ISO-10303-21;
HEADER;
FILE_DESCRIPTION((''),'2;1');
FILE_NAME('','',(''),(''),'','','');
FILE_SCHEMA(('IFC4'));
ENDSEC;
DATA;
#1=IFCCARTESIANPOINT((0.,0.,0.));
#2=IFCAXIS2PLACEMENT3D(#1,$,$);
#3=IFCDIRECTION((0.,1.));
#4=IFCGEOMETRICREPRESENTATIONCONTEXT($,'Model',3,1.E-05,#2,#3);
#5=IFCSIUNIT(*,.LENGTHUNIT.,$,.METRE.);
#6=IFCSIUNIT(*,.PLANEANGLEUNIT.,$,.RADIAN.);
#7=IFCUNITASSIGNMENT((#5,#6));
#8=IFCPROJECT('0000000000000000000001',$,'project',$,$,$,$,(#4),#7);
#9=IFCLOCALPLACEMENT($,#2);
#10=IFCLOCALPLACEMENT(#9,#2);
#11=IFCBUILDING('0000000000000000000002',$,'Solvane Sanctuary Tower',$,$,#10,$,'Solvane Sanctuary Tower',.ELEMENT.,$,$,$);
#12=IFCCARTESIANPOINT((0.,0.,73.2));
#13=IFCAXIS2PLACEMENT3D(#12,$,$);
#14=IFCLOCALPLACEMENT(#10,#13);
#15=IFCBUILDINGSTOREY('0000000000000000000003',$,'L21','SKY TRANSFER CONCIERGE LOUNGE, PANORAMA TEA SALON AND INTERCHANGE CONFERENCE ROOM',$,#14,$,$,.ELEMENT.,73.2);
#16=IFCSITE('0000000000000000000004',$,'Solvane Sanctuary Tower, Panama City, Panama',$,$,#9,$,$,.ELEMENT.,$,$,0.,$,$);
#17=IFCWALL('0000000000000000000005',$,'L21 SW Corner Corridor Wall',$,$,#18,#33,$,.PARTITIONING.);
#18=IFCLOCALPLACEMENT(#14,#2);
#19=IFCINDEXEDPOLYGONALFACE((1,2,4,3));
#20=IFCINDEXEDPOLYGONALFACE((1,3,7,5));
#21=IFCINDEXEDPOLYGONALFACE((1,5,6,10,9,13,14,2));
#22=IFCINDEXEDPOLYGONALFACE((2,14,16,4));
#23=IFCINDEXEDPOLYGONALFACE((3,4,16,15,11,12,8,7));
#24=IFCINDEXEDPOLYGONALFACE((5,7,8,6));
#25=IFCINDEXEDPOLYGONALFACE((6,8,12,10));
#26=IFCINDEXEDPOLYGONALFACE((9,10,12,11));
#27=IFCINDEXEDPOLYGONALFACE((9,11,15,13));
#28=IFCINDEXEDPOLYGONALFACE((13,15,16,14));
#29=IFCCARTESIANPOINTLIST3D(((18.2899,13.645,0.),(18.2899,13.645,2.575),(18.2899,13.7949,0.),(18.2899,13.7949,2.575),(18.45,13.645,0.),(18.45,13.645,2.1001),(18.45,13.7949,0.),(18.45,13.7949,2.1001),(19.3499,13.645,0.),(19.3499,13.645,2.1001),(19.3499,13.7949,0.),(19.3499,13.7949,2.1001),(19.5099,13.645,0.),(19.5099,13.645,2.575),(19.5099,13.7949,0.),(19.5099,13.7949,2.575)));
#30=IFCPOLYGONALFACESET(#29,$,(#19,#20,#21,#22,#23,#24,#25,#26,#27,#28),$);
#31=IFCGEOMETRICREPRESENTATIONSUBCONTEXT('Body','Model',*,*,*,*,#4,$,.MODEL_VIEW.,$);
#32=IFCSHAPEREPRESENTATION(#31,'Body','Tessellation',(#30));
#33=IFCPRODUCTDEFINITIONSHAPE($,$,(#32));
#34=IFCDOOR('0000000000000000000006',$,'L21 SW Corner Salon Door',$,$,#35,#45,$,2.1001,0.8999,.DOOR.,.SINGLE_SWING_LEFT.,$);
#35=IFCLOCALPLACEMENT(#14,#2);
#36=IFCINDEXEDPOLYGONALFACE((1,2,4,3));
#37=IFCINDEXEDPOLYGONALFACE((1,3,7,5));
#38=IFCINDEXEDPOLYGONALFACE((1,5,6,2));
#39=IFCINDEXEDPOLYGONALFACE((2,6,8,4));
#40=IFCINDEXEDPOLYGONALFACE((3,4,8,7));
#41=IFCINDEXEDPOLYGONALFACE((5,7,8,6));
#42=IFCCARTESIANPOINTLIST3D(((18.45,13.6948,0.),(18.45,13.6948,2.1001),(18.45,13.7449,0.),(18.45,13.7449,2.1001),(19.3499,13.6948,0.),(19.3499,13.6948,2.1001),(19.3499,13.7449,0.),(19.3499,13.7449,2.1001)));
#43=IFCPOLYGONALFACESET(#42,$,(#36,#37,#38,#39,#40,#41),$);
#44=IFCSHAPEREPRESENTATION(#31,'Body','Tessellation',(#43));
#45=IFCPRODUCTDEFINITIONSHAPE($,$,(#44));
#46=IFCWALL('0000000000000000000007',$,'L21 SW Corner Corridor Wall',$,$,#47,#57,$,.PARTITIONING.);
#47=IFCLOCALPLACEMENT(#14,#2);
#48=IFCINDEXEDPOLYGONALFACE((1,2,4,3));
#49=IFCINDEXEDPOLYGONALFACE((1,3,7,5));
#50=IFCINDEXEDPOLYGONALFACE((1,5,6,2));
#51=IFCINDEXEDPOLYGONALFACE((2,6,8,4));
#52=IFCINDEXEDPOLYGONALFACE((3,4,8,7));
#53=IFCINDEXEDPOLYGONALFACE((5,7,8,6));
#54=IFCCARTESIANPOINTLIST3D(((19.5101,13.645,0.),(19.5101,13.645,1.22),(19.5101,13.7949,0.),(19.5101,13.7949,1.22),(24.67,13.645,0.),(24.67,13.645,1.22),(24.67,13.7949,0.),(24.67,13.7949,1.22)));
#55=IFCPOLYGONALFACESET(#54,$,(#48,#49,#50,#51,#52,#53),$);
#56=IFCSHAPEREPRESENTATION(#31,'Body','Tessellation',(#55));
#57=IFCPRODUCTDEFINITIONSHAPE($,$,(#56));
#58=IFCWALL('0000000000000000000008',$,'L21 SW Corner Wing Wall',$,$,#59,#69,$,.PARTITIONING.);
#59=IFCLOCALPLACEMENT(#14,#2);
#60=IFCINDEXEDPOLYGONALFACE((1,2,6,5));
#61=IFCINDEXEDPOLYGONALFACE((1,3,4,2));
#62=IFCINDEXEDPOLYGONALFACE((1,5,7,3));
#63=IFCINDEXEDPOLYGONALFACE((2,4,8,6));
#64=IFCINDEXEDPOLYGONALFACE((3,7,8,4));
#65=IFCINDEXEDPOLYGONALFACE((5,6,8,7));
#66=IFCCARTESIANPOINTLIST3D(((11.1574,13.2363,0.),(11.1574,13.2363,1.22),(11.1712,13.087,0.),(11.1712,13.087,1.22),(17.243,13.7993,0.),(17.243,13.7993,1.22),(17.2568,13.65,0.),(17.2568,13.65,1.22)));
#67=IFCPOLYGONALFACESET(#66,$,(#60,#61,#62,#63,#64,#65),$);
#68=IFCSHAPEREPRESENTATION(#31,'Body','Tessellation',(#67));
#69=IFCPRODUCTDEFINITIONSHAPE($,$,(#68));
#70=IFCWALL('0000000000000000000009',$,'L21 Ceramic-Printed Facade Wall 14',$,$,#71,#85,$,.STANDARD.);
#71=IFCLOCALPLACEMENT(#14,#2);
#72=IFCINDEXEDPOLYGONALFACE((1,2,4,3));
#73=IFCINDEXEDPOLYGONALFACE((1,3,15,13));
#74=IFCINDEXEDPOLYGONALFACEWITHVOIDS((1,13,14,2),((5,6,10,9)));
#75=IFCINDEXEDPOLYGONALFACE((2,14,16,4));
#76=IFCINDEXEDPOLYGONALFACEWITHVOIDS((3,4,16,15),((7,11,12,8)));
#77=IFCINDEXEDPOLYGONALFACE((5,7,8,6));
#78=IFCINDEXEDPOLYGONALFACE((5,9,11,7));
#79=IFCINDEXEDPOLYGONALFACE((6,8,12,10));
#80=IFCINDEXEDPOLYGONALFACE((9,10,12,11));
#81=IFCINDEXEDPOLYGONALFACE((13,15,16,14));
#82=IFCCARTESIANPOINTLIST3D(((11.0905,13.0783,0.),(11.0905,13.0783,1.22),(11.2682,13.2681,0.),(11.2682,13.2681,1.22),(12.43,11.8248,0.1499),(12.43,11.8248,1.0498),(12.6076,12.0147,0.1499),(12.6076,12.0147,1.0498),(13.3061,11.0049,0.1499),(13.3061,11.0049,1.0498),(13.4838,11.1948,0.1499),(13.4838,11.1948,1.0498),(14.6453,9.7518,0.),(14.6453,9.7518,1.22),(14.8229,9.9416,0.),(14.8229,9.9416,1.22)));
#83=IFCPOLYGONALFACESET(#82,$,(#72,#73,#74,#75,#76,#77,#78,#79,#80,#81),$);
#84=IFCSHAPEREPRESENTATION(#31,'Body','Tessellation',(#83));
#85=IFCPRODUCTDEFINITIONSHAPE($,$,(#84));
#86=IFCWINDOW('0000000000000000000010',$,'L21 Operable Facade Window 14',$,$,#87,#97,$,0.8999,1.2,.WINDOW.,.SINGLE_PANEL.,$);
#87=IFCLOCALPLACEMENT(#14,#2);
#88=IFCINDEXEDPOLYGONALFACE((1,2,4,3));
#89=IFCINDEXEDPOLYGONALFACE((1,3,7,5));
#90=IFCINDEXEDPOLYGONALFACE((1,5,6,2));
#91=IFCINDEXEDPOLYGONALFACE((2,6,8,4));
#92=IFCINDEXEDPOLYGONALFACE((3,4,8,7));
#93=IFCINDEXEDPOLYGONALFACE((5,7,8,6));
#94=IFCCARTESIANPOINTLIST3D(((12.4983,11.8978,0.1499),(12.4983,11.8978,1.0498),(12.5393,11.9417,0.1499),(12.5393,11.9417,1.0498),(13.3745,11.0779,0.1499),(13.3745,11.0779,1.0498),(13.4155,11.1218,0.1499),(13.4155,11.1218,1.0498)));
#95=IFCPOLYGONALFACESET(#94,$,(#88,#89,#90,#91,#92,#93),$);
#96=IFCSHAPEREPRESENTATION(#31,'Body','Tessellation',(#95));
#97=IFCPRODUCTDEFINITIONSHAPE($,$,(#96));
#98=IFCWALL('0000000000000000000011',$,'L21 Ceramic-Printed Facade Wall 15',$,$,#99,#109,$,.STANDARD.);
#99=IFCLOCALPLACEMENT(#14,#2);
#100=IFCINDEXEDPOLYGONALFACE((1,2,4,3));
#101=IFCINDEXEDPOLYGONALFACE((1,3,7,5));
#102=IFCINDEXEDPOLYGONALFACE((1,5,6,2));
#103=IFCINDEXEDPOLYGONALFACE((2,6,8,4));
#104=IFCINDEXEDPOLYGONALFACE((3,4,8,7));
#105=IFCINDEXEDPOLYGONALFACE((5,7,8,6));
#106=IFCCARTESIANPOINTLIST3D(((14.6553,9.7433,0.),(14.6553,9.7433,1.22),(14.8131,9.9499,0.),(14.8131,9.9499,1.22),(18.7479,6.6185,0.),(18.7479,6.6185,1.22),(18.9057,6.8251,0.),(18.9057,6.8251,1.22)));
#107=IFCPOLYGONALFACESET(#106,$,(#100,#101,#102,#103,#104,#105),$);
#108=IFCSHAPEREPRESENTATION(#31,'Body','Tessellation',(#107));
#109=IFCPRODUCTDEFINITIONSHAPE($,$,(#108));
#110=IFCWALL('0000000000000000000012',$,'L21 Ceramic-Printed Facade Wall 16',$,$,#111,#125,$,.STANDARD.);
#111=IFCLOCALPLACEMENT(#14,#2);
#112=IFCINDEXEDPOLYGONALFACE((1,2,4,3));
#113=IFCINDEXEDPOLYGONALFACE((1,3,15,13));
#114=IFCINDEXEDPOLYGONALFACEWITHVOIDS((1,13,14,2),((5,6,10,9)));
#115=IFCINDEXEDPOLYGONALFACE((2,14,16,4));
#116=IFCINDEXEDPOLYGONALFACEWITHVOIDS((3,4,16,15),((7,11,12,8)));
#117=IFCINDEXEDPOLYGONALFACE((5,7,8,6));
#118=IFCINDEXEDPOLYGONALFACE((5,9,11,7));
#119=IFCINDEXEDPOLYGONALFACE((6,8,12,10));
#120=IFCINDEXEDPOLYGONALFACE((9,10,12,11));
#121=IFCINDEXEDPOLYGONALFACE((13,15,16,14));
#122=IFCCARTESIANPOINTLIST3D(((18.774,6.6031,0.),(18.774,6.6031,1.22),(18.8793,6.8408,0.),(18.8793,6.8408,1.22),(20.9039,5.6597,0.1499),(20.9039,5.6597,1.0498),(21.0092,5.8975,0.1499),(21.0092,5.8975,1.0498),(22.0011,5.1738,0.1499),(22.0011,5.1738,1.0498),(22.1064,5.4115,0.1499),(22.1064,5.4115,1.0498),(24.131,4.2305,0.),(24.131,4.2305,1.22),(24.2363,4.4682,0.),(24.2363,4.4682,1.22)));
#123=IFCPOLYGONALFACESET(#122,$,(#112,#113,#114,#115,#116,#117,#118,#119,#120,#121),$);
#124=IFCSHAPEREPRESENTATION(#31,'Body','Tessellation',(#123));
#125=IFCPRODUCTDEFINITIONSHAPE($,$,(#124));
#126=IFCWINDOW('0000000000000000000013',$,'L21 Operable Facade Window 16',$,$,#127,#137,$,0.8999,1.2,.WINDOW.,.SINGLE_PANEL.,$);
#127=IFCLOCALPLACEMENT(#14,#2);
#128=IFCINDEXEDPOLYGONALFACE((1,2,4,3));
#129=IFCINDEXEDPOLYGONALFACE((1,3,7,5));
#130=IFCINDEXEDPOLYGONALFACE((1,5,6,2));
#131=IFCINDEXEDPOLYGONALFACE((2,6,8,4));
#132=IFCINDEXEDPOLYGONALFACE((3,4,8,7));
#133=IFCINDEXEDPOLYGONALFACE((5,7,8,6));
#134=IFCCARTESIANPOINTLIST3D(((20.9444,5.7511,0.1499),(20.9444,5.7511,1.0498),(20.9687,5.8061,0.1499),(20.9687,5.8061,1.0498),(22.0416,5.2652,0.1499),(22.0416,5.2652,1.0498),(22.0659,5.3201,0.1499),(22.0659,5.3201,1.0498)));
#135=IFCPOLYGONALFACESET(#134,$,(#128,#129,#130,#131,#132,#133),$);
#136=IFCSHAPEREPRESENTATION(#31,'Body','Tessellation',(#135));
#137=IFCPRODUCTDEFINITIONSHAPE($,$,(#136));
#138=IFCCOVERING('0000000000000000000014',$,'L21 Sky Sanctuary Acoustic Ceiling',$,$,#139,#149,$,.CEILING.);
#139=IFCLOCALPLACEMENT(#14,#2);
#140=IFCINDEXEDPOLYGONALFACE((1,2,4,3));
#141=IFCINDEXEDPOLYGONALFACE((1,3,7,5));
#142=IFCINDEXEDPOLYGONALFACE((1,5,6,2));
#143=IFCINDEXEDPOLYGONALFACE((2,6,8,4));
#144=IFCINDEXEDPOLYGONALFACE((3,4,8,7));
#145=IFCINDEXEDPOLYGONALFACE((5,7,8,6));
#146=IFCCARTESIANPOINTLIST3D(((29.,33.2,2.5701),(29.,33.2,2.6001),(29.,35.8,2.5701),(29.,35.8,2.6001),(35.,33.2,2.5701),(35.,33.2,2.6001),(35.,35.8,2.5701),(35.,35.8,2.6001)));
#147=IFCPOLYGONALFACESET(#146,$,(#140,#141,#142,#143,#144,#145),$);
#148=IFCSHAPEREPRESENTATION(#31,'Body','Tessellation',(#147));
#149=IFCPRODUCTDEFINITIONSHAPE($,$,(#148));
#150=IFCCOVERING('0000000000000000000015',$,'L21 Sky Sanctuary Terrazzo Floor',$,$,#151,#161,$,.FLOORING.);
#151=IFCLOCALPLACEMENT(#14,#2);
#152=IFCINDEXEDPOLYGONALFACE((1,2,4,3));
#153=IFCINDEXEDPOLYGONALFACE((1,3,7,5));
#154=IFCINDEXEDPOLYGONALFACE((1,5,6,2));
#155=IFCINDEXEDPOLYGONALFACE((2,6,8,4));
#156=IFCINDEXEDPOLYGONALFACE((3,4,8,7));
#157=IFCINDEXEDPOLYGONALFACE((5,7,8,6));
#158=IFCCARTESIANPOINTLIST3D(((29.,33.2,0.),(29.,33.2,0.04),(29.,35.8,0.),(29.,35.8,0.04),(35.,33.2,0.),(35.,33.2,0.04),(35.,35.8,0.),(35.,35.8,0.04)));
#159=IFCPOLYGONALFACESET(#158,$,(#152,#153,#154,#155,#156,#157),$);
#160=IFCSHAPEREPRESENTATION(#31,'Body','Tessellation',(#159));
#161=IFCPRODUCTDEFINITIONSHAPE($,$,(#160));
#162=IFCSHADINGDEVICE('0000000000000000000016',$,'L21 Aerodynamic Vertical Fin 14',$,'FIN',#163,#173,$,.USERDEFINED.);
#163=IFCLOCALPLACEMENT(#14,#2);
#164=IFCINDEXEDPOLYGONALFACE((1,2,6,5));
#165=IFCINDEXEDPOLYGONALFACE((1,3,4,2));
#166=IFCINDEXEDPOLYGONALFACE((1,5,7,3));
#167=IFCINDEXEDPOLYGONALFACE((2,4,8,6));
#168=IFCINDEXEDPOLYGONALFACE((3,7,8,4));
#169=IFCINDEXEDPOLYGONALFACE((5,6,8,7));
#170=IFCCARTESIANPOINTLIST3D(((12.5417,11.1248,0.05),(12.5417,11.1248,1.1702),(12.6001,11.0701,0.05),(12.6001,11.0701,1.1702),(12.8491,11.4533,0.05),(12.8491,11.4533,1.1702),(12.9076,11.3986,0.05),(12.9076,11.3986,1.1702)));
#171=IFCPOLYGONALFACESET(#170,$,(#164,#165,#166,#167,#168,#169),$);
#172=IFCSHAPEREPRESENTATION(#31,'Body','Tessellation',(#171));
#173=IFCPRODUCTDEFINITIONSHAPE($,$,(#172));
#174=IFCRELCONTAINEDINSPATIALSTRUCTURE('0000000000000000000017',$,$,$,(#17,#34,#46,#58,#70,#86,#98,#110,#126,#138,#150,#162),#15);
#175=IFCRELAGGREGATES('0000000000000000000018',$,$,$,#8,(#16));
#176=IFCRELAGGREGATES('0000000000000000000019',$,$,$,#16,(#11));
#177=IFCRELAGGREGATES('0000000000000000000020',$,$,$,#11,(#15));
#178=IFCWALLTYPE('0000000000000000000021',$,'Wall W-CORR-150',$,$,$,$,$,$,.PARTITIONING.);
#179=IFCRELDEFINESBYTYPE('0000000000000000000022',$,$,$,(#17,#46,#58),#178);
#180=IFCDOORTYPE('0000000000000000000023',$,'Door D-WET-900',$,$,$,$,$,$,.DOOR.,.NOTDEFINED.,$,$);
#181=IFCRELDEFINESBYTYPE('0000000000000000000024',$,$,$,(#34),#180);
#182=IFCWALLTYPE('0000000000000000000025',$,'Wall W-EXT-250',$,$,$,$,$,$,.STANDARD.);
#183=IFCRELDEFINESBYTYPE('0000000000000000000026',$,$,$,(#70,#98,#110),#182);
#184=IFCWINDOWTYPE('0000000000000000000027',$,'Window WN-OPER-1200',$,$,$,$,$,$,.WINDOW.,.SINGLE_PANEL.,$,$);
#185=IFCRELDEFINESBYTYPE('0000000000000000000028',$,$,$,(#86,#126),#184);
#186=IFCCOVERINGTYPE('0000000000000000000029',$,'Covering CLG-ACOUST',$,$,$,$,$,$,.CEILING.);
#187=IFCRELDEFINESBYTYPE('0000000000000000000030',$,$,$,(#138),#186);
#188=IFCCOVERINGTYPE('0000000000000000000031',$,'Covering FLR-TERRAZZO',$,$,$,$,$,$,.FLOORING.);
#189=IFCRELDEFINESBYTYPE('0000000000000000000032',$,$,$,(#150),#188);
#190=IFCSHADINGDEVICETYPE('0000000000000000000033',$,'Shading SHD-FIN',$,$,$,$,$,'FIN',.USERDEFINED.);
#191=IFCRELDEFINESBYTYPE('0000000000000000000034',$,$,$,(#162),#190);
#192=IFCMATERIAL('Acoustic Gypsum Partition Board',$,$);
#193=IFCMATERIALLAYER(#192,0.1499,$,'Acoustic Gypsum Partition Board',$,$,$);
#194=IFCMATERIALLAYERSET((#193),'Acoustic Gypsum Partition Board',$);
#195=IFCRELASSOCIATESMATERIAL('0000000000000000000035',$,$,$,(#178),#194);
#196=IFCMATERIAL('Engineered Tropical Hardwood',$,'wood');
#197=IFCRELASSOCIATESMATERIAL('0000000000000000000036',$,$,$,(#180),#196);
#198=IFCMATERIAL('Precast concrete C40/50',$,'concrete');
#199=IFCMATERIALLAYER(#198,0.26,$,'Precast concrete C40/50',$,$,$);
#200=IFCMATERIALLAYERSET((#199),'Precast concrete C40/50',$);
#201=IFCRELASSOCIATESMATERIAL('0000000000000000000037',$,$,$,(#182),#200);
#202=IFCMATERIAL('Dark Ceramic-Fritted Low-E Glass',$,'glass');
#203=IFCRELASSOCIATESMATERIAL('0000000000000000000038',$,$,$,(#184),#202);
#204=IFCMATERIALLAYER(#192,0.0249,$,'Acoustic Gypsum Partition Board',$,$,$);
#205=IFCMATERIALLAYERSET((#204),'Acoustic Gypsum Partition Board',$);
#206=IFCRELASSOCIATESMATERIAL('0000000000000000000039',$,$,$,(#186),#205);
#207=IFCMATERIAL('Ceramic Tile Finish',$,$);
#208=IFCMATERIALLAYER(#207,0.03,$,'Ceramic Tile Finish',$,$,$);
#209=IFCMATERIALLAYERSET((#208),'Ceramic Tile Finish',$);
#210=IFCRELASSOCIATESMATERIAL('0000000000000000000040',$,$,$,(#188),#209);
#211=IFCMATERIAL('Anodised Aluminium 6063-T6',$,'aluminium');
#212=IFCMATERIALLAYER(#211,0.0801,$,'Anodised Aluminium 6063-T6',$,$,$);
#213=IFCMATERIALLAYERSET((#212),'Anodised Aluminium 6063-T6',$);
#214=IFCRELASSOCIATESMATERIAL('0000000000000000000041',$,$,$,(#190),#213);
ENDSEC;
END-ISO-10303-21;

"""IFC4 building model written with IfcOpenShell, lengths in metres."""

from ifc_helpers import new_model, si_unit, direction, frame, frame_2d, origin, origin_2d, place, context, subcontext, project, spatial, polyline, rectangle, outline, extrude, material, layer, layer_set, type_object, element, fill, save


model = new_model("IFC4")

# Units and contexts
model_context = context("Model", 3, precision=1e-05, world=origin(), true_north=direction((0.0, 1.0)))
body_context = subcontext(model_context, "Body", "Model", "MODEL_VIEW")
ifc_project = project(units=[si_unit("LENGTHUNIT", "METRE"), si_unit("PLANEANGLEUNIT", "RADIAN")], contexts=[model_context])

# Site, building, storey
site_placement = place(None, origin())
site = spatial("IfcSite", under=ifc_project, at=site_placement, Name="Solvane Sanctuary Tower, Panama City, Panama", CompositionType="ELEMENT", RefElevation=0.0)
building_placement = place(site_placement, origin())
building = spatial("IfcBuilding", under=site, at=building_placement, Name="Solvane Sanctuary Tower", LongName="Solvane Sanctuary Tower", CompositionType="ELEMENT")
storey_placement = place(building_placement, frame((0.0, 0.0, 73.2)))
storey = spatial("IfcBuildingStorey", under=building, at=storey_placement, Name="L21", Description="SKY TRANSFER CONCIERGE LOUNGE, PANORAMA TEA SALON AND INTERCHANGE CONFERENCE ROOM", CompositionType="ELEMENT", Elevation=73.2)

# Shared definitions
ifc_material_1 = material(Name="Acoustic Gypsum Partition Board")
ifc_layer_1 = layer(ifc_material_1, 0.1499, Name="Acoustic Gypsum Partition Board")
ifc_layer_set_1 = layer_set([ifc_layer_1], Name="Acoustic Gypsum Partition Board")
wall_type_1 = type_object("IfcWallType", Name="Wall W-CORR-150", PredefinedType="PARTITIONING", material=ifc_layer_set_1)

# Wall, opening, door
wall_1_placement = place(storey_placement, frame((18.29, 13.72, 0.0), z_axis=(0.0, 0.0, 1.0), x_axis=(1.0, 0.0, 0.0)))
wall_1 = element("IfcWall", 1, at=wall_1_placement, inside=storey, type_object=wall_type_1, Name="L21 SW Corner Corridor Wall", PredefinedType="PARTITIONING", context=body_context, shape_type="SweptSolid", body=[
    extrude(rectangle(XDim=1.22, YDim=0.1499, at=frame_2d((0.6099, 0.0))), origin(), (0.0, 0.0, 1.0), 2.575),
])
opening_1_placement = place(wall_1_placement, frame((0.1599, 0.0, 0.0)))
opening_1 = element("IfcOpeningElement", 2, at=opening_1_placement, cuts=wall_1, PredefinedType="OPENING", context=body_context, shape_type="SweptSolid", body=[
    extrude(rectangle(XDim=0.8999, YDim=2.1001, at=frame_2d((0.45, 1.05))), frame((0.0, 0.085, 0.0), z_axis=(0.0, -1.0, 0.0), x_axis=(1.0, 0.0, 0.0)), (0.0, 0.0, 1.0), 0.1699),
])
ifc_material_2 = material(Name="Engineered Tropical Hardwood", Category="wood")
door_type = type_object("IfcDoorType", Name="Door D-WET-900", OperationType="NOTDEFINED", PredefinedType="DOOR", material=ifc_material_2)
door_placement = place(opening_1_placement, origin())
door = element("IfcDoor", 3, at=door_placement, inside=storey, type_object=door_type, Name="L21 SW Corner Salon Door", OperationType="SINGLE_SWING_LEFT", OverallHeight=2.1001, OverallWidth=0.8999, PredefinedType="DOOR", context=body_context, shape_type="SweptSolid", body=[
    extrude(rectangle(XDim=0.8999, YDim=2.1001, at=frame_2d((0.45, 1.05))), frame((0.0, 0.0249, 0.0), z_axis=(0.0, -1.0, 0.0), x_axis=(1.0, 0.0, 0.0)), (0.0, 0.0, 1.0), 0.05),
])
fill(opening_1, door)

# Walls
wall_2_placement = place(storey_placement, frame((19.51, 13.72, 0.0), z_axis=(0.0, 0.0, 1.0), x_axis=(1.0, 0.0, 0.0)))
element("IfcWall", 4, at=wall_2_placement, inside=storey, type_object=wall_type_1, Name="L21 SW Corner Corridor Wall", PredefinedType="PARTITIONING", context=body_context, shape_type="SweptSolid", body=[
    extrude(rectangle(XDim=5.1599, YDim=0.1499, at=frame_2d((2.5801, 0.0))), origin(), (0.0, 0.0, 1.0), 1.22),
])
wall_3_placement = place(storey_placement, frame((17.2498, 13.7246, 0.0), z_axis=(0.0, 0.0, 1.0), x_axis=(-0.995748, -0.092117, 0.0)))
element("IfcWall", 5, at=wall_3_placement, inside=storey, type_object=wall_type_1, Name="L21 SW Corner Wing Wall", PredefinedType="PARTITIONING", context=body_context, shape_type="SweptSolid", body=[
    extrude(rectangle(XDim=6.1116, YDim=0.1499, at=frame_2d((3.0557, 0.0))), origin(), (0.0, 0.0, 1.0), 1.22),
])

# Wall, opening, window
ifc_material_3 = material(Name="Precast concrete C40/50", Category="concrete")
ifc_layer_2 = layer(ifc_material_3, 0.26, Name="Precast concrete C40/50")
ifc_layer_set_2 = layer_set([ifc_layer_2], Name="Precast concrete C40/50")
wall_type_2 = type_object("IfcWallType", Name="Wall W-EXT-250", PredefinedType="STANDARD", material=ifc_layer_set_2)
wall_4_placement = place(storey_placement, frame((11.1794, 13.1731, 0.0), z_axis=(0.0, 0.0, 1.0), x_axis=(0.730162, -0.683274, 0.0)))
wall_4 = element("IfcWall", 6, at=wall_4_placement, inside=storey, type_object=wall_type_2, Name="L21 Ceramic-Printed Facade Wall 14", PredefinedType="STANDARD", context=body_context, shape_type="SweptSolid", body=[
    extrude(rectangle(XDim=4.8684, YDim=0.26, at=frame_2d((2.4341, 0.0))), origin(), (0.0, 0.0, 1.0), 1.22),
])
opening_2_placement = place(wall_4_placement, frame((1.8342, 0.0, 0.1499)))
opening_2 = element("IfcOpeningElement", 7, at=opening_2_placement, cuts=wall_4, PredefinedType="OPENING", context=body_context, shape_type="SweptSolid", body=[
    extrude(rectangle(XDim=1.2, YDim=0.8999, at=frame_2d((0.6001, 0.45))), frame((0.0, 0.1399, 0.0), z_axis=(0.0, -1.0, 0.0), x_axis=(1.0, 0.0, 0.0)), (0.0, 0.0, 1.0), 0.28),
])
ifc_material_4 = material(Name="Dark Ceramic-Fritted Low-E Glass", Category="glass")
window_type = type_object("IfcWindowType", Name="Window WN-OPER-1200", PartitioningType="SINGLE_PANEL", PredefinedType="WINDOW", material=ifc_material_4)
window_1_placement = place(opening_2_placement, origin())
window_1 = element("IfcWindow", 8, at=window_1_placement, inside=storey, type_object=window_type, Name="L21 Operable Facade Window 14", OverallHeight=0.8999, OverallWidth=1.2, PartitioningType="SINGLE_PANEL", PredefinedType="WINDOW", context=body_context, shape_type="SweptSolid", body=[
    extrude(rectangle(XDim=1.2, YDim=0.8999, at=frame_2d((0.6001, 0.45))), frame((0.0, 0.03, 0.0), z_axis=(0.0, -1.0, 0.0), x_axis=(1.0, 0.0, 0.0)), (0.0, 0.0, 1.0), 0.0601),
])
fill(opening_2, window_1)

# Wall
wall_5_placement = place(storey_placement, frame((14.7341, 9.8467, 0.0), z_axis=(0.0, 0.0, 1.0), x_axis=(0.79481, -0.606859, 0.0)))
element("IfcWall", 9, at=wall_5_placement, inside=storey, type_object=wall_type_2, Name="L21 Ceramic-Printed Facade Wall 15", PredefinedType="STANDARD", context=body_context, shape_type="SweptSolid", body=[
    extrude(rectangle(XDim=5.1492, YDim=0.26, at=frame_2d((2.5747, 0.0))), origin(), (0.0, 0.0, 1.0), 1.22),
])

# Wall, opening, window
wall_6_placement = place(storey_placement, frame((18.8267, 6.7219, 0.0), z_axis=(0.0, 0.0, 1.0), x_axis=(0.914337, -0.404955, 0.0)))
wall_6 = element("IfcWall", 10, at=wall_6_placement, inside=storey, type_object=wall_type_2, Name="L21 Ceramic-Printed Facade Wall 16", PredefinedType="STANDARD", context=body_context, shape_type="SweptSolid", body=[
    extrude(rectangle(XDim=5.8589, YDim=0.26, at=frame_2d((2.9294, 0.0))), origin(), (0.0, 0.0, 1.0), 1.22),
])
opening_3_placement = place(wall_6_placement, frame((2.3293, 0.0, 0.1499)))
opening_3 = element("IfcOpeningElement", 11, at=opening_3_placement, cuts=wall_6, PredefinedType="OPENING", context=body_context, shape_type="SweptSolid", body=[
    extrude(rectangle(XDim=1.2, YDim=0.8999, at=frame_2d((0.6001, 0.45))), frame((0.0, 0.1399, 0.0), z_axis=(0.0, -1.0, 0.0), x_axis=(1.0, 0.0, 0.0)), (0.0, 0.0, 1.0), 0.28),
])
window_2_placement = place(opening_3_placement, origin())
window_2 = element("IfcWindow", 12, at=window_2_placement, inside=storey, type_object=window_type, Name="L21 Operable Facade Window 16", OverallHeight=0.8999, OverallWidth=1.2, PartitioningType="SINGLE_PANEL", PredefinedType="WINDOW", context=body_context, shape_type="SweptSolid", body=[
    extrude(rectangle(XDim=1.2, YDim=0.8999, at=frame_2d((0.6001, 0.45))), frame((0.0, 0.03, 0.0), z_axis=(0.0, -1.0, 0.0), x_axis=(1.0, 0.0, 0.0)), (0.0, 0.0, 1.0), 0.0601),
])
fill(opening_3, window_2)

# Coverings
ifc_layer_3 = layer(ifc_material_1, 0.0249, Name="Acoustic Gypsum Partition Board")
ifc_layer_set_3 = layer_set([ifc_layer_3], Name="Acoustic Gypsum Partition Board")
covering_type_1 = type_object("IfcCoveringType", Name="Covering CLG-ACOUST", PredefinedType="CEILING", material=ifc_layer_set_3)
covering_1_placement = place(storey_placement, frame((0.0, 0.0, 2.5701)))
element("IfcCovering", 13, at=covering_1_placement, inside=storey, type_object=covering_type_1, Name="L21 Sky Sanctuary Acoustic Ceiling", PredefinedType="CEILING", context=body_context, shape_type="SweptSolid", body=[
    extrude(outline(polyline([(29.0, 33.2), (35.0, 33.2), (35.0, 35.8), (29.0, 35.8), (29.0, 33.2)])), origin(), (0.0, 0.0, 1.0), 0.03),
])
ifc_material_5 = material(Name="Ceramic Tile Finish")
ifc_layer_4 = layer(ifc_material_5, 0.03, Name="Ceramic Tile Finish")
ifc_layer_set_4 = layer_set([ifc_layer_4], Name="Ceramic Tile Finish")
covering_type_2 = type_object("IfcCoveringType", Name="Covering FLR-TERRAZZO", PredefinedType="FLOORING", material=ifc_layer_set_4)
covering_2_placement = place(storey_placement, origin())
element("IfcCovering", 14, at=covering_2_placement, inside=storey, type_object=covering_type_2, Name="L21 Sky Sanctuary Terrazzo Floor", PredefinedType="FLOORING", context=body_context, shape_type="SweptSolid", body=[
    extrude(outline(polyline([(29.0, 33.2), (35.0, 33.2), (35.0, 35.8), (29.0, 35.8), (29.0, 33.2)])), origin(), (0.0, 0.0, 1.0), 0.04),
])

# Shading device
ifc_material_6 = material(Name="Anodised Aluminium 6063-T6", Category="aluminium")
ifc_layer_5 = layer(ifc_material_6, 0.0801, Name="Anodised Aluminium 6063-T6")
ifc_layer_set_5 = layer_set([ifc_layer_5], Name="Anodised Aluminium 6063-T6")
shading_device_type = type_object("IfcShadingDeviceType", Name="Shading SHD-FIN", ElementType="FIN", PredefinedType="USERDEFINED", material=ifc_layer_set_5)
shading_device_placement = place(storey_placement, frame((12.7246, 11.2617, 0.05), z_axis=(0.0, 0.0, 1.0), x_axis=(0.730175, -0.68326, 0.0)))
element("IfcShadingDevice", 15, at=shading_device_placement, inside=storey, type_object=shading_device_type, Name="L21 Aerodynamic Vertical Fin 14", ObjectType="FIN", PredefinedType="USERDEFINED", context=body_context, shape_type="SweptSolid", body=[
    extrude(rectangle(XDim=0.0801, YDim=0.45, at=origin_2d()), origin(), (0.0, 0.0, 1.0), 1.1201),
])

save(model, "model.ifc")
